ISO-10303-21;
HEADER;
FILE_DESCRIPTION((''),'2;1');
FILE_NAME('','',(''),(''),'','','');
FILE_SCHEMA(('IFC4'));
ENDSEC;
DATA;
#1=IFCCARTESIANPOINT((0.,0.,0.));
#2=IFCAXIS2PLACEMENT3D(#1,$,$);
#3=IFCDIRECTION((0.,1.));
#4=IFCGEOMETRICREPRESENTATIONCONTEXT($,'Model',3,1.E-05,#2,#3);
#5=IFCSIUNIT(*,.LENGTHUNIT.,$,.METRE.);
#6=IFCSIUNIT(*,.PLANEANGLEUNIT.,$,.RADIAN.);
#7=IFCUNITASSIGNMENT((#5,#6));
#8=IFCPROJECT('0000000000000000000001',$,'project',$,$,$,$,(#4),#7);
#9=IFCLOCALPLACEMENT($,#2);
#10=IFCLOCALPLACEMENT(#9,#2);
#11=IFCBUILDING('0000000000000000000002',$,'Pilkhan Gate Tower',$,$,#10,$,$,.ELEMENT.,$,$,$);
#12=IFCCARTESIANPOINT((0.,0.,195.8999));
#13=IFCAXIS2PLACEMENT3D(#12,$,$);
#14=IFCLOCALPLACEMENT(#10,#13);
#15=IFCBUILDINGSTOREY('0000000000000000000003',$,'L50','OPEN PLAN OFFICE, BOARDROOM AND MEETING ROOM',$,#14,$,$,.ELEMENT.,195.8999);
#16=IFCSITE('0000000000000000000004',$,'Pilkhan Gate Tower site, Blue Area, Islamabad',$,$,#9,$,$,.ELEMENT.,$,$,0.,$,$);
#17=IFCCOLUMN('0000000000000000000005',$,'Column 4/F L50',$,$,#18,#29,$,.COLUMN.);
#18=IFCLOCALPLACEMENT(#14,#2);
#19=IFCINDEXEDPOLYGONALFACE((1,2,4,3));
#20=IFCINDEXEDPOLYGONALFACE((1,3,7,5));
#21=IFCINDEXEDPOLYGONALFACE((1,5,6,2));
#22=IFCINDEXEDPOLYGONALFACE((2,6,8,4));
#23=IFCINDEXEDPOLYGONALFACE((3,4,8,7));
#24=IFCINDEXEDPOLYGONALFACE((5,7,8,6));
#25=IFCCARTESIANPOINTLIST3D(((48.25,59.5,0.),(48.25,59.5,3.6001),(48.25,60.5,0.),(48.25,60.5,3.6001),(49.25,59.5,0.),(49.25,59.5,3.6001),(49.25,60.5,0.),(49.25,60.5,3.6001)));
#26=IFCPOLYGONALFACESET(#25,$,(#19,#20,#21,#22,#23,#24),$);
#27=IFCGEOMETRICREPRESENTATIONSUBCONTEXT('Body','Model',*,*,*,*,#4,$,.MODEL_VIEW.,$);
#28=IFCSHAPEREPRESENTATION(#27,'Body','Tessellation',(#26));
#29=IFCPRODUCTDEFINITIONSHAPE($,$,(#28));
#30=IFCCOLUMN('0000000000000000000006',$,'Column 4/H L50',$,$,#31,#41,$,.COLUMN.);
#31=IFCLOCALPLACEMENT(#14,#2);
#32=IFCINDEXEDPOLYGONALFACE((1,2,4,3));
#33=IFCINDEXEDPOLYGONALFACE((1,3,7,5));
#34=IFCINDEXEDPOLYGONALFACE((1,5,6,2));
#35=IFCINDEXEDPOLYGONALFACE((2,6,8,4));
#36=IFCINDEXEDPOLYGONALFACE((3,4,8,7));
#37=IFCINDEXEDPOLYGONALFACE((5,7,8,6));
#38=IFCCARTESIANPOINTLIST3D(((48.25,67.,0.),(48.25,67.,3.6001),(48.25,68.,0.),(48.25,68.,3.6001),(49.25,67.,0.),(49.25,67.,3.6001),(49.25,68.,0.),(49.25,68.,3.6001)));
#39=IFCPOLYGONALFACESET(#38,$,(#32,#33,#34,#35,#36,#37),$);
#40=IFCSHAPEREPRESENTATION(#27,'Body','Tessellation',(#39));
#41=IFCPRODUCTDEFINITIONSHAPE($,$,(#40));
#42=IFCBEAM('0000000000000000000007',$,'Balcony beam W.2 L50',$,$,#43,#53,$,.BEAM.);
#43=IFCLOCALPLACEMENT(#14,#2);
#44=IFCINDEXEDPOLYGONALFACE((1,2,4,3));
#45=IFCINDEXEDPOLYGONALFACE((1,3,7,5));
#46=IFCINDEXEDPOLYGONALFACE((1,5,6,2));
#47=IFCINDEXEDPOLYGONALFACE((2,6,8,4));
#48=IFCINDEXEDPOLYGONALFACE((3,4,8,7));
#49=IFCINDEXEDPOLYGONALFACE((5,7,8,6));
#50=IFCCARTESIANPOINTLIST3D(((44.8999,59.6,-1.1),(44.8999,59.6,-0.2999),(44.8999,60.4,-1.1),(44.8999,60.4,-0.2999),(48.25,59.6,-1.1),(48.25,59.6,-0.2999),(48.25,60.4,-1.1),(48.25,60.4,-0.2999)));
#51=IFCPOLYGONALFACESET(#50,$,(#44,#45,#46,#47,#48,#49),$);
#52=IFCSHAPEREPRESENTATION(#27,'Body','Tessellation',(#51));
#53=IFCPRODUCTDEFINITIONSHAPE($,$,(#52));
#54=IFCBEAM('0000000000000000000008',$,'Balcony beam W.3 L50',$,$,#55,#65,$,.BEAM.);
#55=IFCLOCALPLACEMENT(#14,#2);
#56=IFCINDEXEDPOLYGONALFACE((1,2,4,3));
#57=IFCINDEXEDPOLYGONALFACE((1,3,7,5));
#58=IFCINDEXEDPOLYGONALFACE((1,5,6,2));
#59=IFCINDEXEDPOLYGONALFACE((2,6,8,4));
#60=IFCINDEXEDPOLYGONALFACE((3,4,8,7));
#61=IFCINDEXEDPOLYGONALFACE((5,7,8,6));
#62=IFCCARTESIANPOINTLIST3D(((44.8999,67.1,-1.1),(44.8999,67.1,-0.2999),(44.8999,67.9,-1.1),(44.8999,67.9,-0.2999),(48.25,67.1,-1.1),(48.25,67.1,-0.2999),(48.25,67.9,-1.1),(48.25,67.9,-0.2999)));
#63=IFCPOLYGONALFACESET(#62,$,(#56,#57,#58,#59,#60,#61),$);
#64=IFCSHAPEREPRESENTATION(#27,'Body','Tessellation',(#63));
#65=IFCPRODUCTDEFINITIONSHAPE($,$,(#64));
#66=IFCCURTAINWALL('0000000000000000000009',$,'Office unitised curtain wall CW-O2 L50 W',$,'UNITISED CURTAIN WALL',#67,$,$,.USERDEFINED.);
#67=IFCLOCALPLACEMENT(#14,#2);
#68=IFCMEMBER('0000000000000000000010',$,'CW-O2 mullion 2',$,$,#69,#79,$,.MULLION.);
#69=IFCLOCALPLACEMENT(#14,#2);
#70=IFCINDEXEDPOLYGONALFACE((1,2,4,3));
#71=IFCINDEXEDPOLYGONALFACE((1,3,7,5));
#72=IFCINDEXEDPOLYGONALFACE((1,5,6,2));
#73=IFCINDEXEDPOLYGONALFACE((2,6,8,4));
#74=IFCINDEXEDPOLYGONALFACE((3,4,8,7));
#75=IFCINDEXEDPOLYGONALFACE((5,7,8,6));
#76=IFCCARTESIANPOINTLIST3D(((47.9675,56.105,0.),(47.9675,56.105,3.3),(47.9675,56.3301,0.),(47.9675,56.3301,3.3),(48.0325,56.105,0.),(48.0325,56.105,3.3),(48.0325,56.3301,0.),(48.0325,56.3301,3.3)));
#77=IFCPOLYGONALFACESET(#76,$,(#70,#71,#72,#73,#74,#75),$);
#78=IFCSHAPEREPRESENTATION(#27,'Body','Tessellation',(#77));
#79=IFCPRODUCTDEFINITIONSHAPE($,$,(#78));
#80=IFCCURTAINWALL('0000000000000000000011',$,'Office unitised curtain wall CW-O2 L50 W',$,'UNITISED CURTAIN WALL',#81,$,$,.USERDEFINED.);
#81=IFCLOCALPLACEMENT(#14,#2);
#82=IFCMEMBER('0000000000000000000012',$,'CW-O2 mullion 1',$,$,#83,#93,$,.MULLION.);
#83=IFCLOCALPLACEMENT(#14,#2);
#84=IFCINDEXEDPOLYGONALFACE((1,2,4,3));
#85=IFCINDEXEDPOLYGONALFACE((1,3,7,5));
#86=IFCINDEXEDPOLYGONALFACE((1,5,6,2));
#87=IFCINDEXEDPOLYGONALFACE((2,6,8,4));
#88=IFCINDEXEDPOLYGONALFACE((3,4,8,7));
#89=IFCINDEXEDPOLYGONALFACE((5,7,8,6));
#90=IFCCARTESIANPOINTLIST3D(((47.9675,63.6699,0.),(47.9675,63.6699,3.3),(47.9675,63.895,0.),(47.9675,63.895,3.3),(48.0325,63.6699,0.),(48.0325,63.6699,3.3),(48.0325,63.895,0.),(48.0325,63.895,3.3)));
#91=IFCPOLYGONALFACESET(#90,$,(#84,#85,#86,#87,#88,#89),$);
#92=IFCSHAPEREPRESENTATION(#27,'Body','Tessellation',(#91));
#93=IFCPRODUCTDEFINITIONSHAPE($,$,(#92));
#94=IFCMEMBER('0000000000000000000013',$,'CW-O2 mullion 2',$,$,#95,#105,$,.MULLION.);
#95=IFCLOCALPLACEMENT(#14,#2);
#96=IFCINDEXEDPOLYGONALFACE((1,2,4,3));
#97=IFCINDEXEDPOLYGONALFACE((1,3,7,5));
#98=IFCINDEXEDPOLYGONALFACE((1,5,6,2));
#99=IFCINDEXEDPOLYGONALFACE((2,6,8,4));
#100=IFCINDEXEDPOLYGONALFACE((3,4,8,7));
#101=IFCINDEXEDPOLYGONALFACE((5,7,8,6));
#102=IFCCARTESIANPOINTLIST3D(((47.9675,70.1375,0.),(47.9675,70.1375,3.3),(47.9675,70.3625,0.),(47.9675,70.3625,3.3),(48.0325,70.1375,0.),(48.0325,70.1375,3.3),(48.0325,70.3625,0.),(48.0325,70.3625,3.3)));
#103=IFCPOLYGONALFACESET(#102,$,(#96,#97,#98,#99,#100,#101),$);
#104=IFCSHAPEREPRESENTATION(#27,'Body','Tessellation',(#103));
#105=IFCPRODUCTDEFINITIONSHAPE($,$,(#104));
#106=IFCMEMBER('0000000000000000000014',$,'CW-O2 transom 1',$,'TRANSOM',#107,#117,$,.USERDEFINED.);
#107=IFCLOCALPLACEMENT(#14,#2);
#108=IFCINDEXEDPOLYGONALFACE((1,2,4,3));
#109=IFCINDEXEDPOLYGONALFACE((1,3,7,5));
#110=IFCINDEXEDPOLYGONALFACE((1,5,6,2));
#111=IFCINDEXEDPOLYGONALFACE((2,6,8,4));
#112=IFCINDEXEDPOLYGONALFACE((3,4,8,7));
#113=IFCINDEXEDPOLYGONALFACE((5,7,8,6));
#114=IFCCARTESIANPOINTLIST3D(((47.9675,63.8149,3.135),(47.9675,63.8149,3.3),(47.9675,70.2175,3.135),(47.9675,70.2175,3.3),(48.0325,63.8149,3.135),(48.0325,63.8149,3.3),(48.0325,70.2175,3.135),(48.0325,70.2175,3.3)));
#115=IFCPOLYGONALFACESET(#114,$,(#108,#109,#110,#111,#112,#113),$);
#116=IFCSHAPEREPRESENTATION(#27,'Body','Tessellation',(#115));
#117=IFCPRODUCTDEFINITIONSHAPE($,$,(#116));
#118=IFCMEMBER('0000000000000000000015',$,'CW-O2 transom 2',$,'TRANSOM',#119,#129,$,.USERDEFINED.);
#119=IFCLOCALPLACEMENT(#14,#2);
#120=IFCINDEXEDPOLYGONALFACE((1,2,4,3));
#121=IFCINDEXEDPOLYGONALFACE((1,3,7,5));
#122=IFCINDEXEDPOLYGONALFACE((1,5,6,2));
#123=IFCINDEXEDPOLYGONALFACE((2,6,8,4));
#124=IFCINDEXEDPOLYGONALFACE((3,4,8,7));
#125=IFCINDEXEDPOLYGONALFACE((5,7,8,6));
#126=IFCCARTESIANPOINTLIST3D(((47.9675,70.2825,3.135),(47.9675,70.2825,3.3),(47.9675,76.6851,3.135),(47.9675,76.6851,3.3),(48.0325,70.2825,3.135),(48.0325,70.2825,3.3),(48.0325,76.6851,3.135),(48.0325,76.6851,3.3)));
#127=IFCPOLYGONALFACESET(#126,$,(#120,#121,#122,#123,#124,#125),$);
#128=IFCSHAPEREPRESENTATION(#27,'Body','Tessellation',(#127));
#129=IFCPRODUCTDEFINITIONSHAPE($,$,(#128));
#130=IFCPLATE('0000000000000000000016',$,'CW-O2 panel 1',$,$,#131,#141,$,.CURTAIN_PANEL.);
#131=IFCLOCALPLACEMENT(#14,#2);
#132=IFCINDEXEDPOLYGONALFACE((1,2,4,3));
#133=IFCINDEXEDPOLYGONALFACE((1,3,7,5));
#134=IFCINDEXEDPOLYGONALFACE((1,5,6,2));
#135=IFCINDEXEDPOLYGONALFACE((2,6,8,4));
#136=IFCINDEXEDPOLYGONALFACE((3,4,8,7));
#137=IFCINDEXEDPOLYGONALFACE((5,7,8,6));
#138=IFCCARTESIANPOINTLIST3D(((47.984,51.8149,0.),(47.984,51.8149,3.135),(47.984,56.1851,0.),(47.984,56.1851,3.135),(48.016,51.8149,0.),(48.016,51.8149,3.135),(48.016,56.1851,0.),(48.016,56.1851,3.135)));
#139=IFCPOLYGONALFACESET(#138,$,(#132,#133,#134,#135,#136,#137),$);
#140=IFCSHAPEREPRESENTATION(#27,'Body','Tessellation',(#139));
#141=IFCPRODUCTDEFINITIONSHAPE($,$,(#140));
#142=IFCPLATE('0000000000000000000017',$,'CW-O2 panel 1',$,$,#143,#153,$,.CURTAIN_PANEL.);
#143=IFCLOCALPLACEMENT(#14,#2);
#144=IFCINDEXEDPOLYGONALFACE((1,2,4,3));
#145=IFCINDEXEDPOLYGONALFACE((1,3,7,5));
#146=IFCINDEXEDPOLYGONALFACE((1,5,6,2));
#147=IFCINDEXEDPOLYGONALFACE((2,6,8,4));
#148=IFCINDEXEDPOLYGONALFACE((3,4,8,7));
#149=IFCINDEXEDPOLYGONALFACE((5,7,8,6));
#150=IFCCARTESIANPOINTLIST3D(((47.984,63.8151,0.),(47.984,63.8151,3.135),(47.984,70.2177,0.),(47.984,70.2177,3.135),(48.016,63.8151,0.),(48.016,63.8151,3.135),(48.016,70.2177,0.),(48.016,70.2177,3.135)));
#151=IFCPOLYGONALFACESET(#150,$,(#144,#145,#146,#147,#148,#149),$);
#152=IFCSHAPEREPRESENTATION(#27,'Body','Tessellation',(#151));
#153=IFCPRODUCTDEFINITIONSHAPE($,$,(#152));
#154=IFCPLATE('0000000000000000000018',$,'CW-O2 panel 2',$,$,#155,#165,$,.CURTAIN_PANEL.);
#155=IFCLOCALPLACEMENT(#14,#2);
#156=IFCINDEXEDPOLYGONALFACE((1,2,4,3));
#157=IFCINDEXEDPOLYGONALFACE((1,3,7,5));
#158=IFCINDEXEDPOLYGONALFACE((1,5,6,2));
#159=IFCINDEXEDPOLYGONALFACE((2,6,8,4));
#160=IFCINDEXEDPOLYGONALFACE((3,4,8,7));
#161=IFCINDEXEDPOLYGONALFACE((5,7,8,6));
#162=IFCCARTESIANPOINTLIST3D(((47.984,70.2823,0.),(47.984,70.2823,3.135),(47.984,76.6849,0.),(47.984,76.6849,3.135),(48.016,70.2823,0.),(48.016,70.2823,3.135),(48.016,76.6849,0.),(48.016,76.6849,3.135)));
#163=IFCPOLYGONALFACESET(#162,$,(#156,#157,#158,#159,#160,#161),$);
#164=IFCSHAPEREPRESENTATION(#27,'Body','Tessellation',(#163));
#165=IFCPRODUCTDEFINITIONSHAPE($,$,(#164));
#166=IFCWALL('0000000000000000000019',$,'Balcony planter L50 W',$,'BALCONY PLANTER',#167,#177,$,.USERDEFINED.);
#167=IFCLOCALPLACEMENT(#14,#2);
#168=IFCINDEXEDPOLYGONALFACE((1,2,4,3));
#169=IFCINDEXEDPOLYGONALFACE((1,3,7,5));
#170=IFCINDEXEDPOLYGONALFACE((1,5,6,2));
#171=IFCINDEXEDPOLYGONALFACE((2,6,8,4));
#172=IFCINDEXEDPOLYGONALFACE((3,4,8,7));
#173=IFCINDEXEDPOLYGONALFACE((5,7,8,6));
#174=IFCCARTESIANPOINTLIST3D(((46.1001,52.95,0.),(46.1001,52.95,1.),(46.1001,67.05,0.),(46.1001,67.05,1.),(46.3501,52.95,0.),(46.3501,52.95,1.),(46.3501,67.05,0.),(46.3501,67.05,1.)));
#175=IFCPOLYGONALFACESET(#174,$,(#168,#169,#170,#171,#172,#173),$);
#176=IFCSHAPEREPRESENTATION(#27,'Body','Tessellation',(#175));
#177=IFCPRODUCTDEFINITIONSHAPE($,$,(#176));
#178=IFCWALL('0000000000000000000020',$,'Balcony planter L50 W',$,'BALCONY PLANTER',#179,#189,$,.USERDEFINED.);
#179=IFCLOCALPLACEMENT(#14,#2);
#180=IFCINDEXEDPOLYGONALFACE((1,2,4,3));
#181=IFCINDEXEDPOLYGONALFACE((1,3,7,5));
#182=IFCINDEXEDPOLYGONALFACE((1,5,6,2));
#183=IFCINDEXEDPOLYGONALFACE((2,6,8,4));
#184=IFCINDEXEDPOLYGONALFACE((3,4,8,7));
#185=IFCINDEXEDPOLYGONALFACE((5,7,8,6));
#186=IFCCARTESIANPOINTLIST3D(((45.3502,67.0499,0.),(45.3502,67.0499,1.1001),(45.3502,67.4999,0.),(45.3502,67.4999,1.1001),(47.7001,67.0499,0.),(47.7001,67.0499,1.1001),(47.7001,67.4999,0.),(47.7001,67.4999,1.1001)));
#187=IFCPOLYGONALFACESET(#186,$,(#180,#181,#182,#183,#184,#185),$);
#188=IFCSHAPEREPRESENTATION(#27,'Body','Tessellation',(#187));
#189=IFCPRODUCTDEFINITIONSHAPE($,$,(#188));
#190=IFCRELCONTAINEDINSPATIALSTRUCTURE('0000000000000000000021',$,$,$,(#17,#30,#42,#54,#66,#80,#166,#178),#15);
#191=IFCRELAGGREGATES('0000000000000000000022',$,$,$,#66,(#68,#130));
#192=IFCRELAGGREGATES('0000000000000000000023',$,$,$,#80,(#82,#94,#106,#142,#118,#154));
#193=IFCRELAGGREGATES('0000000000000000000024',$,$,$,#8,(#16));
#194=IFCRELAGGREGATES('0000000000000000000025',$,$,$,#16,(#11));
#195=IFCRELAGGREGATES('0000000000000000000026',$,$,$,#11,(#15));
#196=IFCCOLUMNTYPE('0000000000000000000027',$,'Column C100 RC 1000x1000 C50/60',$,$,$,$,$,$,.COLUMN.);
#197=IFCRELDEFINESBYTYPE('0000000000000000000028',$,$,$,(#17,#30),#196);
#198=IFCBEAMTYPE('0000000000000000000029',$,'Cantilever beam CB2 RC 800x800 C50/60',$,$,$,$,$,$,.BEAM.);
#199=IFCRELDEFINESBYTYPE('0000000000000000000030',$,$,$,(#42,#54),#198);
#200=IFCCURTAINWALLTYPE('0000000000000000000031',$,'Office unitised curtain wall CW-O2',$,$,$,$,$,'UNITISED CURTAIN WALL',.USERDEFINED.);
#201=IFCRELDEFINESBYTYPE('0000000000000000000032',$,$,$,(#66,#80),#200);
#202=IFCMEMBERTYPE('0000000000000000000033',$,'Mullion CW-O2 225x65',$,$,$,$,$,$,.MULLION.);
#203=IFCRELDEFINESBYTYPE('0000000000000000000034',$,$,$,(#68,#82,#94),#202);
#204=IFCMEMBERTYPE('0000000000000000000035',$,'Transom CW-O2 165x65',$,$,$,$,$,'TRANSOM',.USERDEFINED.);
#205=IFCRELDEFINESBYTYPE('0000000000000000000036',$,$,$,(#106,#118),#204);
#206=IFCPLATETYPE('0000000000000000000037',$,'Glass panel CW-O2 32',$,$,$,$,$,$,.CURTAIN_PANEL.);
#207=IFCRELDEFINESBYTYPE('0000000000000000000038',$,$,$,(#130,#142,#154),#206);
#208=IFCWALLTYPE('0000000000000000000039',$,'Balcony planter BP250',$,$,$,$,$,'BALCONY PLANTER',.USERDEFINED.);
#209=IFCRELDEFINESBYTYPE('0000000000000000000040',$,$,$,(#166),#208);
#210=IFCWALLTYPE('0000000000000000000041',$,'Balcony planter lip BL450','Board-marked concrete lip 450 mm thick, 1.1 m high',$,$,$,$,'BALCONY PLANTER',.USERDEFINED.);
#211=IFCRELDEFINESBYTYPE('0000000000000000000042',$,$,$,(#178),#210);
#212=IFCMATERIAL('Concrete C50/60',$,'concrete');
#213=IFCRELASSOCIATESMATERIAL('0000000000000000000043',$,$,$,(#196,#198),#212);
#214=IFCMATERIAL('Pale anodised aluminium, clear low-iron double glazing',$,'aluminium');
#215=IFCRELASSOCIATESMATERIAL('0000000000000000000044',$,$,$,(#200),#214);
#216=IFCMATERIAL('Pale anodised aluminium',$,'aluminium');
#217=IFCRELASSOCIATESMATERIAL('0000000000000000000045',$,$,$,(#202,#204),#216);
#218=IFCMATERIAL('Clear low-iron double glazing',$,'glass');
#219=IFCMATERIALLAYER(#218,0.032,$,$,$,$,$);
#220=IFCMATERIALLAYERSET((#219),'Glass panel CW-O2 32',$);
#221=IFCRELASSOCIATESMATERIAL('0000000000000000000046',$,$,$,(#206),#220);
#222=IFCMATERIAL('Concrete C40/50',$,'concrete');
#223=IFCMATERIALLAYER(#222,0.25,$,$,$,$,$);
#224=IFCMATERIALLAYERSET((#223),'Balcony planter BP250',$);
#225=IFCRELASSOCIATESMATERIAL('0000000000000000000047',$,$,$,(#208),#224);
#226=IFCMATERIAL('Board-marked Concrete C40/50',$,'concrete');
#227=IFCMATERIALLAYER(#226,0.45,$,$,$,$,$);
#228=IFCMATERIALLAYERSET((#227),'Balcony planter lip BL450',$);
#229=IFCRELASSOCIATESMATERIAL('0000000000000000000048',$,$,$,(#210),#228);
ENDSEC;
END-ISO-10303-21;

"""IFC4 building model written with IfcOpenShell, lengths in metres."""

from ifc_helpers import new_model, si_unit, direction, frame, frame_2d, origin, origin_2d, place, context, subcontext, project, spatial, rectangle, extrude, material, layer, layer_set, material_profile, profile_set, type_object, element, aggregate, save


model = new_model("IFC4")

# Units and contexts
model_context = context("Model", 3, precision=1e-05, world=origin(), true_north=direction((0.0, 1.0)))
body_context = subcontext(model_context, "Body", "Model", "MODEL_VIEW")
ifc_project = project(units=[si_unit("LENGTHUNIT", "METRE"), si_unit("PLANEANGLEUNIT", "RADIAN")], contexts=[model_context])

# Site, building, storey
site_placement = place(None, origin())
site = spatial("IfcSite", under=ifc_project, at=site_placement, Name="Pilkhan Gate Tower site, Blue Area, Islamabad", CompositionType="ELEMENT", RefElevation=0.0)
building_placement = place(site_placement, origin())
building = spatial("IfcBuilding", under=site, at=building_placement, Name="Pilkhan Gate Tower", CompositionType="ELEMENT")
storey_placement = place(building_placement, frame((0.0, 0.0, 195.8999)))
storey = spatial("IfcBuildingStorey", under=building, at=storey_placement, Name="L50", Description="OPEN PLAN OFFICE, BOARDROOM AND MEETING ROOM", CompositionType="ELEMENT", Elevation=195.8999)

# Columns
ifc_material_1 = material(Name="Concrete C50/60", Category="concrete")
ifc_material_profile_1 = material_profile(ifc_material_1, rectangle(XDim=1.0, YDim=1.0, at=origin_2d()), Name="RC 1000x1000")
ifc_profile_set_1 = profile_set([ifc_material_profile_1], Name="Concrete C50/60")
column_type = type_object("IfcColumnType", Name="Column C100 RC 1000x1000 C50/60", PredefinedType="COLUMN", material=ifc_profile_set_1)
for number, where, z_axis, x_axis, name in (
    (1, (48.75, 60.0, 0.0), (0.0, 0.0, 1.0), (1.0, 0.0, 0.0), "Column 4/F L50"),
    (2, (48.75, 67.5, 0.0), (0.0, 0.0, 1.0), (1.0, 0.0, 0.0), "Column 4/H L50"),
):
    element("IfcColumn", number, at=place(storey_placement, frame(where, z_axis=z_axis, x_axis=x_axis)), inside=storey, type_object=column_type, Name=name, PredefinedType="COLUMN", context=body_context, shape_type="SweptSolid", body=[
        extrude(rectangle(XDim=1.0, YDim=1.0, at=origin_2d()), origin(), (0.0, 0.0, 1.0), 3.6001),
    ])

# Beams
ifc_material_profile_2 = material_profile(ifc_material_1, rectangle(XDim=0.8, YDim=0.8, at=origin_2d()), Name="RC 800x800")
ifc_profile_set_2 = profile_set([ifc_material_profile_2], Name="Concrete C50/60")
beam_type = type_object("IfcBeamType", Name="Cantilever beam CB2 RC 800x800 C50/60", PredefinedType="BEAM", material=ifc_profile_set_2)
for number, where, z_axis, x_axis, name in (
    (3, (48.25, 60.0, -0.7), (-1.0, 0.0, 0.0), (0.0, -1.0, 0.0), "Balcony beam W.2 L50"),
    (4, (48.25, 67.5, -0.7), (-1.0, 0.0, 0.0), (0.0, -1.0, 0.0), "Balcony beam W.3 L50"),
):
    element("IfcBeam", number, at=place(storey_placement, frame(where, z_axis=z_axis, x_axis=x_axis)), inside=storey, type_object=beam_type, Name=name, PredefinedType="BEAM", context=body_context, shape_type="SweptSolid", body=[
        extrude(rectangle(XDim=0.8, YDim=0.8, at=origin_2d()), origin(), (0.0, 0.0, 1.0), 3.3501),
    ])

# Curtain wall, member
ifc_material_2 = material(Name="Pale anodised aluminium, clear low-iron double glazing", Category="aluminium")
curtain_wall_type = type_object("IfcCurtainWallType", Name="Office unitised curtain wall CW-O2", ElementType="UNITISED CURTAIN WALL", PredefinedType="USERDEFINED", material=ifc_material_2)
curtain_wall_1_placement = place(storey_placement, origin())
curtain_wall_1 = element("IfcCurtainWall", 5, at=curtain_wall_1_placement, inside=storey, type_object=curtain_wall_type, Name="Office unitised curtain wall CW-O2 L50 W", ObjectType="UNITISED CURTAIN WALL", PredefinedType="USERDEFINED")
ifc_material_3 = material(Name="Pale anodised aluminium", Category="aluminium")
ifc_material_profile_3 = material_profile(ifc_material_3, rectangle(XDim=0.0649, YDim=0.2251, at=origin_2d()), Name="Mullion 225x65")
ifc_profile_set_3 = profile_set([ifc_material_profile_3], Name="Pale anodised aluminium")
member_type_1 = type_object("IfcMemberType", Name="Mullion CW-O2 225x65", PredefinedType="MULLION", material=ifc_profile_set_3)
member_1_placement = place(storey_placement, frame((48.0, 56.2175, 0.0), z_axis=(0.0, 0.0, 1.0), x_axis=(-1.0, 0.0, 0.0)))
member_1 = element("IfcMember", 6, at=member_1_placement, type_object=member_type_1, Name="CW-O2 mullion 2", PredefinedType="MULLION", context=body_context, shape_type="SweptSolid", body=[
    extrude(rectangle(XDim=0.0649, YDim=0.2251, at=origin_2d()), origin(), (0.0, 0.0, 1.0), 3.3),
])

# Curtain wall, members
curtain_wall_2_placement = place(storey_placement, origin())
curtain_wall_2 = element("IfcCurtainWall", 7, at=curtain_wall_2_placement, inside=storey, type_object=curtain_wall_type, Name="Office unitised curtain wall CW-O2 L50 W", ObjectType="UNITISED CURTAIN WALL", PredefinedType="USERDEFINED")
member_2_placement = place(storey_placement, frame((48.0, 63.7825, 0.0), z_axis=(0.0, 0.0, 1.0), x_axis=(-1.0, 0.0, 0.0)))
member_2 = element("IfcMember", 8, at=member_2_placement, type_object=member_type_1, Name="CW-O2 mullion 1", PredefinedType="MULLION", context=body_context, shape_type="SweptSolid", body=[
    extrude(rectangle(XDim=0.0649, YDim=0.2251, at=origin_2d()), origin(), (0.0, 0.0, 1.0), 3.3),
])
member_3_placement = place(storey_placement, frame((48.0, 70.25, 0.0), z_axis=(0.0, 0.0, 1.0), x_axis=(-1.0, 0.0, 0.0)))
member_3 = element("IfcMember", 9, at=member_3_placement, type_object=member_type_1, Name="CW-O2 mullion 2", PredefinedType="MULLION", context=body_context, shape_type="SweptSolid", body=[
    extrude(rectangle(XDim=0.0649, YDim=0.2251, at=origin_2d()), origin(), (0.0, 0.0, 1.0), 3.3),
])
ifc_material_profile_4 = material_profile(ifc_material_3, rectangle(XDim=0.0649, YDim=0.165, at=origin_2d()), Name="Transom 165x65")
ifc_profile_set_4 = profile_set([ifc_material_profile_4], Name="Pale anodised aluminium")
member_type_2 = type_object("IfcMemberType", Name="Transom CW-O2 165x65", ElementType="TRANSOM", PredefinedType="USERDEFINED", material=ifc_profile_set_4)
member_4_placement = place(storey_placement, frame((48.0, 63.8149, 3.2175), z_axis=(0.0, 1.0, 0.0), x_axis=(-1.0, 0.0, 0.0)))
member_4 = element("IfcMember", 10, at=member_4_placement, type_object=member_type_2, Name="CW-O2 transom 1", ObjectType="TRANSOM", PredefinedType="USERDEFINED", context=body_context, shape_type="SweptSolid", body=[
    extrude(rectangle(XDim=0.0649, YDim=0.165, at=origin_2d()), origin(), (0.0, 0.0, 1.0), 6.4026),
])
member_5_placement = place(storey_placement, frame((48.0, 70.2825, 3.2175), z_axis=(0.0, 1.0, 0.0), x_axis=(-1.0, 0.0, 0.0)))
member_5 = element("IfcMember", 11, at=member_5_placement, type_object=member_type_2, Name="CW-O2 transom 2", ObjectType="TRANSOM", PredefinedType="USERDEFINED", context=body_context, shape_type="SweptSolid", body=[
    extrude(rectangle(XDim=0.0649, YDim=0.165, at=origin_2d()), origin(), (0.0, 0.0, 1.0), 6.4026),
])

# Plates
ifc_material_4 = material(Name="Clear low-iron double glazing", Category="glass")
ifc_layer_1 = layer(ifc_material_4, 0.032)
ifc_layer_set_1 = layer_set([ifc_layer_1], Name="Glass panel CW-O2 32")
plate_type = type_object("IfcPlateType", Name="Glass panel CW-O2 32", PredefinedType="CURTAIN_PANEL", material=ifc_layer_set_1)
plate_1_placement = place(storey_placement, frame((48.0, 54.0, 0.0), z_axis=(0.0, 0.0, 1.0), x_axis=(0.0, 1.0, 0.0)))
plate_1 = element("IfcPlate", 12, at=plate_1_placement, type_object=plate_type, Name="CW-O2 panel 1", PredefinedType="CURTAIN_PANEL", context=body_context, shape_type="SweptSolid", body=[
    extrude(rectangle(XDim=4.3701, YDim=0.032, at=origin_2d()), origin(), (0.0, 0.0, 1.0), 3.135),
])
aggregate(curtain_wall_1, [member_1, plate_1])
plate_2_placement = place(storey_placement, frame((48.0, 67.0164, 0.0), z_axis=(0.0, 0.0, 1.0), x_axis=(0.0, 1.0, 0.0)))
plate_2 = element("IfcPlate", 13, at=plate_2_placement, type_object=plate_type, Name="CW-O2 panel 1", PredefinedType="CURTAIN_PANEL", context=body_context, shape_type="SweptSolid", body=[
    extrude(rectangle(XDim=6.4026, YDim=0.032, at=origin_2d()), origin(), (0.0, 0.0, 1.0), 3.135),
])
plate_3_placement = place(storey_placement, frame((48.0, 73.4836, 0.0), z_axis=(0.0, 0.0, 1.0), x_axis=(0.0, 1.0, 0.0)))
plate_3 = element("IfcPlate", 14, at=plate_3_placement, type_object=plate_type, Name="CW-O2 panel 2", PredefinedType="CURTAIN_PANEL", context=body_context, shape_type="SweptSolid", body=[
    extrude(rectangle(XDim=6.4026, YDim=0.032, at=origin_2d()), origin(), (0.0, 0.0, 1.0), 3.135),
])
aggregate(curtain_wall_2, [member_2, member_3, member_4, plate_2, member_5, plate_3])

# Walls
ifc_material_5 = material(Name="Concrete C40/50", Category="concrete")
ifc_layer_2 = layer(ifc_material_5, 0.25)
ifc_layer_set_2 = layer_set([ifc_layer_2], Name="Balcony planter BP250")
wall_type_1 = type_object("IfcWallType", Name="Balcony planter BP250", ElementType="BALCONY PLANTER", PredefinedType="USERDEFINED", material=ifc_layer_set_2)
wall_1_placement = place(storey_placement, frame((46.2251, 52.95, 0.0), z_axis=(0.0, 0.0, 1.0), x_axis=(0.0, 1.0, 0.0)))
element("IfcWall", 15, at=wall_1_placement, inside=storey, type_object=wall_type_1, Name="Balcony planter L50 W", ObjectType="BALCONY PLANTER", PredefinedType="USERDEFINED", context=body_context, shape_type="SweptSolid", body=[
    extrude(rectangle(XDim=14.1001, YDim=0.25, at=frame_2d((7.05, 0.0))), origin(), (0.0, 0.0, 1.0), 1.0),
])
ifc_material_6 = material(Name="Board-marked Concrete C40/50", Category="concrete")
ifc_layer_3 = layer(ifc_material_6, 0.45)
ifc_layer_set_3 = layer_set([ifc_layer_3], Name="Balcony planter lip BL450")
wall_type_2 = type_object("IfcWallType", Name="Balcony planter lip BL450", Description="Board-marked concrete lip 450 mm thick, 1.1 m high", ElementType="BALCONY PLANTER", PredefinedType="USERDEFINED", material=ifc_layer_set_3)
wall_2_placement = place(storey_placement, frame((47.7, 67.2749, 0.0), z_axis=(0.0, 0.0, 1.0), x_axis=(-1.0, 0.0, 0.0)))
element("IfcWall", 16, at=wall_2_placement, inside=storey, type_object=wall_type_2, Name="Balcony planter L50 W", ObjectType="BALCONY PLANTER", PredefinedType="USERDEFINED", context=body_context, shape_type="SweptSolid", body=[
    extrude(rectangle(XDim=2.3499, YDim=0.45, at=frame_2d((1.1748, 0.0))), origin(), (0.0, 0.0, 1.0), 1.1001),
])

save(model, "model.ifc")
